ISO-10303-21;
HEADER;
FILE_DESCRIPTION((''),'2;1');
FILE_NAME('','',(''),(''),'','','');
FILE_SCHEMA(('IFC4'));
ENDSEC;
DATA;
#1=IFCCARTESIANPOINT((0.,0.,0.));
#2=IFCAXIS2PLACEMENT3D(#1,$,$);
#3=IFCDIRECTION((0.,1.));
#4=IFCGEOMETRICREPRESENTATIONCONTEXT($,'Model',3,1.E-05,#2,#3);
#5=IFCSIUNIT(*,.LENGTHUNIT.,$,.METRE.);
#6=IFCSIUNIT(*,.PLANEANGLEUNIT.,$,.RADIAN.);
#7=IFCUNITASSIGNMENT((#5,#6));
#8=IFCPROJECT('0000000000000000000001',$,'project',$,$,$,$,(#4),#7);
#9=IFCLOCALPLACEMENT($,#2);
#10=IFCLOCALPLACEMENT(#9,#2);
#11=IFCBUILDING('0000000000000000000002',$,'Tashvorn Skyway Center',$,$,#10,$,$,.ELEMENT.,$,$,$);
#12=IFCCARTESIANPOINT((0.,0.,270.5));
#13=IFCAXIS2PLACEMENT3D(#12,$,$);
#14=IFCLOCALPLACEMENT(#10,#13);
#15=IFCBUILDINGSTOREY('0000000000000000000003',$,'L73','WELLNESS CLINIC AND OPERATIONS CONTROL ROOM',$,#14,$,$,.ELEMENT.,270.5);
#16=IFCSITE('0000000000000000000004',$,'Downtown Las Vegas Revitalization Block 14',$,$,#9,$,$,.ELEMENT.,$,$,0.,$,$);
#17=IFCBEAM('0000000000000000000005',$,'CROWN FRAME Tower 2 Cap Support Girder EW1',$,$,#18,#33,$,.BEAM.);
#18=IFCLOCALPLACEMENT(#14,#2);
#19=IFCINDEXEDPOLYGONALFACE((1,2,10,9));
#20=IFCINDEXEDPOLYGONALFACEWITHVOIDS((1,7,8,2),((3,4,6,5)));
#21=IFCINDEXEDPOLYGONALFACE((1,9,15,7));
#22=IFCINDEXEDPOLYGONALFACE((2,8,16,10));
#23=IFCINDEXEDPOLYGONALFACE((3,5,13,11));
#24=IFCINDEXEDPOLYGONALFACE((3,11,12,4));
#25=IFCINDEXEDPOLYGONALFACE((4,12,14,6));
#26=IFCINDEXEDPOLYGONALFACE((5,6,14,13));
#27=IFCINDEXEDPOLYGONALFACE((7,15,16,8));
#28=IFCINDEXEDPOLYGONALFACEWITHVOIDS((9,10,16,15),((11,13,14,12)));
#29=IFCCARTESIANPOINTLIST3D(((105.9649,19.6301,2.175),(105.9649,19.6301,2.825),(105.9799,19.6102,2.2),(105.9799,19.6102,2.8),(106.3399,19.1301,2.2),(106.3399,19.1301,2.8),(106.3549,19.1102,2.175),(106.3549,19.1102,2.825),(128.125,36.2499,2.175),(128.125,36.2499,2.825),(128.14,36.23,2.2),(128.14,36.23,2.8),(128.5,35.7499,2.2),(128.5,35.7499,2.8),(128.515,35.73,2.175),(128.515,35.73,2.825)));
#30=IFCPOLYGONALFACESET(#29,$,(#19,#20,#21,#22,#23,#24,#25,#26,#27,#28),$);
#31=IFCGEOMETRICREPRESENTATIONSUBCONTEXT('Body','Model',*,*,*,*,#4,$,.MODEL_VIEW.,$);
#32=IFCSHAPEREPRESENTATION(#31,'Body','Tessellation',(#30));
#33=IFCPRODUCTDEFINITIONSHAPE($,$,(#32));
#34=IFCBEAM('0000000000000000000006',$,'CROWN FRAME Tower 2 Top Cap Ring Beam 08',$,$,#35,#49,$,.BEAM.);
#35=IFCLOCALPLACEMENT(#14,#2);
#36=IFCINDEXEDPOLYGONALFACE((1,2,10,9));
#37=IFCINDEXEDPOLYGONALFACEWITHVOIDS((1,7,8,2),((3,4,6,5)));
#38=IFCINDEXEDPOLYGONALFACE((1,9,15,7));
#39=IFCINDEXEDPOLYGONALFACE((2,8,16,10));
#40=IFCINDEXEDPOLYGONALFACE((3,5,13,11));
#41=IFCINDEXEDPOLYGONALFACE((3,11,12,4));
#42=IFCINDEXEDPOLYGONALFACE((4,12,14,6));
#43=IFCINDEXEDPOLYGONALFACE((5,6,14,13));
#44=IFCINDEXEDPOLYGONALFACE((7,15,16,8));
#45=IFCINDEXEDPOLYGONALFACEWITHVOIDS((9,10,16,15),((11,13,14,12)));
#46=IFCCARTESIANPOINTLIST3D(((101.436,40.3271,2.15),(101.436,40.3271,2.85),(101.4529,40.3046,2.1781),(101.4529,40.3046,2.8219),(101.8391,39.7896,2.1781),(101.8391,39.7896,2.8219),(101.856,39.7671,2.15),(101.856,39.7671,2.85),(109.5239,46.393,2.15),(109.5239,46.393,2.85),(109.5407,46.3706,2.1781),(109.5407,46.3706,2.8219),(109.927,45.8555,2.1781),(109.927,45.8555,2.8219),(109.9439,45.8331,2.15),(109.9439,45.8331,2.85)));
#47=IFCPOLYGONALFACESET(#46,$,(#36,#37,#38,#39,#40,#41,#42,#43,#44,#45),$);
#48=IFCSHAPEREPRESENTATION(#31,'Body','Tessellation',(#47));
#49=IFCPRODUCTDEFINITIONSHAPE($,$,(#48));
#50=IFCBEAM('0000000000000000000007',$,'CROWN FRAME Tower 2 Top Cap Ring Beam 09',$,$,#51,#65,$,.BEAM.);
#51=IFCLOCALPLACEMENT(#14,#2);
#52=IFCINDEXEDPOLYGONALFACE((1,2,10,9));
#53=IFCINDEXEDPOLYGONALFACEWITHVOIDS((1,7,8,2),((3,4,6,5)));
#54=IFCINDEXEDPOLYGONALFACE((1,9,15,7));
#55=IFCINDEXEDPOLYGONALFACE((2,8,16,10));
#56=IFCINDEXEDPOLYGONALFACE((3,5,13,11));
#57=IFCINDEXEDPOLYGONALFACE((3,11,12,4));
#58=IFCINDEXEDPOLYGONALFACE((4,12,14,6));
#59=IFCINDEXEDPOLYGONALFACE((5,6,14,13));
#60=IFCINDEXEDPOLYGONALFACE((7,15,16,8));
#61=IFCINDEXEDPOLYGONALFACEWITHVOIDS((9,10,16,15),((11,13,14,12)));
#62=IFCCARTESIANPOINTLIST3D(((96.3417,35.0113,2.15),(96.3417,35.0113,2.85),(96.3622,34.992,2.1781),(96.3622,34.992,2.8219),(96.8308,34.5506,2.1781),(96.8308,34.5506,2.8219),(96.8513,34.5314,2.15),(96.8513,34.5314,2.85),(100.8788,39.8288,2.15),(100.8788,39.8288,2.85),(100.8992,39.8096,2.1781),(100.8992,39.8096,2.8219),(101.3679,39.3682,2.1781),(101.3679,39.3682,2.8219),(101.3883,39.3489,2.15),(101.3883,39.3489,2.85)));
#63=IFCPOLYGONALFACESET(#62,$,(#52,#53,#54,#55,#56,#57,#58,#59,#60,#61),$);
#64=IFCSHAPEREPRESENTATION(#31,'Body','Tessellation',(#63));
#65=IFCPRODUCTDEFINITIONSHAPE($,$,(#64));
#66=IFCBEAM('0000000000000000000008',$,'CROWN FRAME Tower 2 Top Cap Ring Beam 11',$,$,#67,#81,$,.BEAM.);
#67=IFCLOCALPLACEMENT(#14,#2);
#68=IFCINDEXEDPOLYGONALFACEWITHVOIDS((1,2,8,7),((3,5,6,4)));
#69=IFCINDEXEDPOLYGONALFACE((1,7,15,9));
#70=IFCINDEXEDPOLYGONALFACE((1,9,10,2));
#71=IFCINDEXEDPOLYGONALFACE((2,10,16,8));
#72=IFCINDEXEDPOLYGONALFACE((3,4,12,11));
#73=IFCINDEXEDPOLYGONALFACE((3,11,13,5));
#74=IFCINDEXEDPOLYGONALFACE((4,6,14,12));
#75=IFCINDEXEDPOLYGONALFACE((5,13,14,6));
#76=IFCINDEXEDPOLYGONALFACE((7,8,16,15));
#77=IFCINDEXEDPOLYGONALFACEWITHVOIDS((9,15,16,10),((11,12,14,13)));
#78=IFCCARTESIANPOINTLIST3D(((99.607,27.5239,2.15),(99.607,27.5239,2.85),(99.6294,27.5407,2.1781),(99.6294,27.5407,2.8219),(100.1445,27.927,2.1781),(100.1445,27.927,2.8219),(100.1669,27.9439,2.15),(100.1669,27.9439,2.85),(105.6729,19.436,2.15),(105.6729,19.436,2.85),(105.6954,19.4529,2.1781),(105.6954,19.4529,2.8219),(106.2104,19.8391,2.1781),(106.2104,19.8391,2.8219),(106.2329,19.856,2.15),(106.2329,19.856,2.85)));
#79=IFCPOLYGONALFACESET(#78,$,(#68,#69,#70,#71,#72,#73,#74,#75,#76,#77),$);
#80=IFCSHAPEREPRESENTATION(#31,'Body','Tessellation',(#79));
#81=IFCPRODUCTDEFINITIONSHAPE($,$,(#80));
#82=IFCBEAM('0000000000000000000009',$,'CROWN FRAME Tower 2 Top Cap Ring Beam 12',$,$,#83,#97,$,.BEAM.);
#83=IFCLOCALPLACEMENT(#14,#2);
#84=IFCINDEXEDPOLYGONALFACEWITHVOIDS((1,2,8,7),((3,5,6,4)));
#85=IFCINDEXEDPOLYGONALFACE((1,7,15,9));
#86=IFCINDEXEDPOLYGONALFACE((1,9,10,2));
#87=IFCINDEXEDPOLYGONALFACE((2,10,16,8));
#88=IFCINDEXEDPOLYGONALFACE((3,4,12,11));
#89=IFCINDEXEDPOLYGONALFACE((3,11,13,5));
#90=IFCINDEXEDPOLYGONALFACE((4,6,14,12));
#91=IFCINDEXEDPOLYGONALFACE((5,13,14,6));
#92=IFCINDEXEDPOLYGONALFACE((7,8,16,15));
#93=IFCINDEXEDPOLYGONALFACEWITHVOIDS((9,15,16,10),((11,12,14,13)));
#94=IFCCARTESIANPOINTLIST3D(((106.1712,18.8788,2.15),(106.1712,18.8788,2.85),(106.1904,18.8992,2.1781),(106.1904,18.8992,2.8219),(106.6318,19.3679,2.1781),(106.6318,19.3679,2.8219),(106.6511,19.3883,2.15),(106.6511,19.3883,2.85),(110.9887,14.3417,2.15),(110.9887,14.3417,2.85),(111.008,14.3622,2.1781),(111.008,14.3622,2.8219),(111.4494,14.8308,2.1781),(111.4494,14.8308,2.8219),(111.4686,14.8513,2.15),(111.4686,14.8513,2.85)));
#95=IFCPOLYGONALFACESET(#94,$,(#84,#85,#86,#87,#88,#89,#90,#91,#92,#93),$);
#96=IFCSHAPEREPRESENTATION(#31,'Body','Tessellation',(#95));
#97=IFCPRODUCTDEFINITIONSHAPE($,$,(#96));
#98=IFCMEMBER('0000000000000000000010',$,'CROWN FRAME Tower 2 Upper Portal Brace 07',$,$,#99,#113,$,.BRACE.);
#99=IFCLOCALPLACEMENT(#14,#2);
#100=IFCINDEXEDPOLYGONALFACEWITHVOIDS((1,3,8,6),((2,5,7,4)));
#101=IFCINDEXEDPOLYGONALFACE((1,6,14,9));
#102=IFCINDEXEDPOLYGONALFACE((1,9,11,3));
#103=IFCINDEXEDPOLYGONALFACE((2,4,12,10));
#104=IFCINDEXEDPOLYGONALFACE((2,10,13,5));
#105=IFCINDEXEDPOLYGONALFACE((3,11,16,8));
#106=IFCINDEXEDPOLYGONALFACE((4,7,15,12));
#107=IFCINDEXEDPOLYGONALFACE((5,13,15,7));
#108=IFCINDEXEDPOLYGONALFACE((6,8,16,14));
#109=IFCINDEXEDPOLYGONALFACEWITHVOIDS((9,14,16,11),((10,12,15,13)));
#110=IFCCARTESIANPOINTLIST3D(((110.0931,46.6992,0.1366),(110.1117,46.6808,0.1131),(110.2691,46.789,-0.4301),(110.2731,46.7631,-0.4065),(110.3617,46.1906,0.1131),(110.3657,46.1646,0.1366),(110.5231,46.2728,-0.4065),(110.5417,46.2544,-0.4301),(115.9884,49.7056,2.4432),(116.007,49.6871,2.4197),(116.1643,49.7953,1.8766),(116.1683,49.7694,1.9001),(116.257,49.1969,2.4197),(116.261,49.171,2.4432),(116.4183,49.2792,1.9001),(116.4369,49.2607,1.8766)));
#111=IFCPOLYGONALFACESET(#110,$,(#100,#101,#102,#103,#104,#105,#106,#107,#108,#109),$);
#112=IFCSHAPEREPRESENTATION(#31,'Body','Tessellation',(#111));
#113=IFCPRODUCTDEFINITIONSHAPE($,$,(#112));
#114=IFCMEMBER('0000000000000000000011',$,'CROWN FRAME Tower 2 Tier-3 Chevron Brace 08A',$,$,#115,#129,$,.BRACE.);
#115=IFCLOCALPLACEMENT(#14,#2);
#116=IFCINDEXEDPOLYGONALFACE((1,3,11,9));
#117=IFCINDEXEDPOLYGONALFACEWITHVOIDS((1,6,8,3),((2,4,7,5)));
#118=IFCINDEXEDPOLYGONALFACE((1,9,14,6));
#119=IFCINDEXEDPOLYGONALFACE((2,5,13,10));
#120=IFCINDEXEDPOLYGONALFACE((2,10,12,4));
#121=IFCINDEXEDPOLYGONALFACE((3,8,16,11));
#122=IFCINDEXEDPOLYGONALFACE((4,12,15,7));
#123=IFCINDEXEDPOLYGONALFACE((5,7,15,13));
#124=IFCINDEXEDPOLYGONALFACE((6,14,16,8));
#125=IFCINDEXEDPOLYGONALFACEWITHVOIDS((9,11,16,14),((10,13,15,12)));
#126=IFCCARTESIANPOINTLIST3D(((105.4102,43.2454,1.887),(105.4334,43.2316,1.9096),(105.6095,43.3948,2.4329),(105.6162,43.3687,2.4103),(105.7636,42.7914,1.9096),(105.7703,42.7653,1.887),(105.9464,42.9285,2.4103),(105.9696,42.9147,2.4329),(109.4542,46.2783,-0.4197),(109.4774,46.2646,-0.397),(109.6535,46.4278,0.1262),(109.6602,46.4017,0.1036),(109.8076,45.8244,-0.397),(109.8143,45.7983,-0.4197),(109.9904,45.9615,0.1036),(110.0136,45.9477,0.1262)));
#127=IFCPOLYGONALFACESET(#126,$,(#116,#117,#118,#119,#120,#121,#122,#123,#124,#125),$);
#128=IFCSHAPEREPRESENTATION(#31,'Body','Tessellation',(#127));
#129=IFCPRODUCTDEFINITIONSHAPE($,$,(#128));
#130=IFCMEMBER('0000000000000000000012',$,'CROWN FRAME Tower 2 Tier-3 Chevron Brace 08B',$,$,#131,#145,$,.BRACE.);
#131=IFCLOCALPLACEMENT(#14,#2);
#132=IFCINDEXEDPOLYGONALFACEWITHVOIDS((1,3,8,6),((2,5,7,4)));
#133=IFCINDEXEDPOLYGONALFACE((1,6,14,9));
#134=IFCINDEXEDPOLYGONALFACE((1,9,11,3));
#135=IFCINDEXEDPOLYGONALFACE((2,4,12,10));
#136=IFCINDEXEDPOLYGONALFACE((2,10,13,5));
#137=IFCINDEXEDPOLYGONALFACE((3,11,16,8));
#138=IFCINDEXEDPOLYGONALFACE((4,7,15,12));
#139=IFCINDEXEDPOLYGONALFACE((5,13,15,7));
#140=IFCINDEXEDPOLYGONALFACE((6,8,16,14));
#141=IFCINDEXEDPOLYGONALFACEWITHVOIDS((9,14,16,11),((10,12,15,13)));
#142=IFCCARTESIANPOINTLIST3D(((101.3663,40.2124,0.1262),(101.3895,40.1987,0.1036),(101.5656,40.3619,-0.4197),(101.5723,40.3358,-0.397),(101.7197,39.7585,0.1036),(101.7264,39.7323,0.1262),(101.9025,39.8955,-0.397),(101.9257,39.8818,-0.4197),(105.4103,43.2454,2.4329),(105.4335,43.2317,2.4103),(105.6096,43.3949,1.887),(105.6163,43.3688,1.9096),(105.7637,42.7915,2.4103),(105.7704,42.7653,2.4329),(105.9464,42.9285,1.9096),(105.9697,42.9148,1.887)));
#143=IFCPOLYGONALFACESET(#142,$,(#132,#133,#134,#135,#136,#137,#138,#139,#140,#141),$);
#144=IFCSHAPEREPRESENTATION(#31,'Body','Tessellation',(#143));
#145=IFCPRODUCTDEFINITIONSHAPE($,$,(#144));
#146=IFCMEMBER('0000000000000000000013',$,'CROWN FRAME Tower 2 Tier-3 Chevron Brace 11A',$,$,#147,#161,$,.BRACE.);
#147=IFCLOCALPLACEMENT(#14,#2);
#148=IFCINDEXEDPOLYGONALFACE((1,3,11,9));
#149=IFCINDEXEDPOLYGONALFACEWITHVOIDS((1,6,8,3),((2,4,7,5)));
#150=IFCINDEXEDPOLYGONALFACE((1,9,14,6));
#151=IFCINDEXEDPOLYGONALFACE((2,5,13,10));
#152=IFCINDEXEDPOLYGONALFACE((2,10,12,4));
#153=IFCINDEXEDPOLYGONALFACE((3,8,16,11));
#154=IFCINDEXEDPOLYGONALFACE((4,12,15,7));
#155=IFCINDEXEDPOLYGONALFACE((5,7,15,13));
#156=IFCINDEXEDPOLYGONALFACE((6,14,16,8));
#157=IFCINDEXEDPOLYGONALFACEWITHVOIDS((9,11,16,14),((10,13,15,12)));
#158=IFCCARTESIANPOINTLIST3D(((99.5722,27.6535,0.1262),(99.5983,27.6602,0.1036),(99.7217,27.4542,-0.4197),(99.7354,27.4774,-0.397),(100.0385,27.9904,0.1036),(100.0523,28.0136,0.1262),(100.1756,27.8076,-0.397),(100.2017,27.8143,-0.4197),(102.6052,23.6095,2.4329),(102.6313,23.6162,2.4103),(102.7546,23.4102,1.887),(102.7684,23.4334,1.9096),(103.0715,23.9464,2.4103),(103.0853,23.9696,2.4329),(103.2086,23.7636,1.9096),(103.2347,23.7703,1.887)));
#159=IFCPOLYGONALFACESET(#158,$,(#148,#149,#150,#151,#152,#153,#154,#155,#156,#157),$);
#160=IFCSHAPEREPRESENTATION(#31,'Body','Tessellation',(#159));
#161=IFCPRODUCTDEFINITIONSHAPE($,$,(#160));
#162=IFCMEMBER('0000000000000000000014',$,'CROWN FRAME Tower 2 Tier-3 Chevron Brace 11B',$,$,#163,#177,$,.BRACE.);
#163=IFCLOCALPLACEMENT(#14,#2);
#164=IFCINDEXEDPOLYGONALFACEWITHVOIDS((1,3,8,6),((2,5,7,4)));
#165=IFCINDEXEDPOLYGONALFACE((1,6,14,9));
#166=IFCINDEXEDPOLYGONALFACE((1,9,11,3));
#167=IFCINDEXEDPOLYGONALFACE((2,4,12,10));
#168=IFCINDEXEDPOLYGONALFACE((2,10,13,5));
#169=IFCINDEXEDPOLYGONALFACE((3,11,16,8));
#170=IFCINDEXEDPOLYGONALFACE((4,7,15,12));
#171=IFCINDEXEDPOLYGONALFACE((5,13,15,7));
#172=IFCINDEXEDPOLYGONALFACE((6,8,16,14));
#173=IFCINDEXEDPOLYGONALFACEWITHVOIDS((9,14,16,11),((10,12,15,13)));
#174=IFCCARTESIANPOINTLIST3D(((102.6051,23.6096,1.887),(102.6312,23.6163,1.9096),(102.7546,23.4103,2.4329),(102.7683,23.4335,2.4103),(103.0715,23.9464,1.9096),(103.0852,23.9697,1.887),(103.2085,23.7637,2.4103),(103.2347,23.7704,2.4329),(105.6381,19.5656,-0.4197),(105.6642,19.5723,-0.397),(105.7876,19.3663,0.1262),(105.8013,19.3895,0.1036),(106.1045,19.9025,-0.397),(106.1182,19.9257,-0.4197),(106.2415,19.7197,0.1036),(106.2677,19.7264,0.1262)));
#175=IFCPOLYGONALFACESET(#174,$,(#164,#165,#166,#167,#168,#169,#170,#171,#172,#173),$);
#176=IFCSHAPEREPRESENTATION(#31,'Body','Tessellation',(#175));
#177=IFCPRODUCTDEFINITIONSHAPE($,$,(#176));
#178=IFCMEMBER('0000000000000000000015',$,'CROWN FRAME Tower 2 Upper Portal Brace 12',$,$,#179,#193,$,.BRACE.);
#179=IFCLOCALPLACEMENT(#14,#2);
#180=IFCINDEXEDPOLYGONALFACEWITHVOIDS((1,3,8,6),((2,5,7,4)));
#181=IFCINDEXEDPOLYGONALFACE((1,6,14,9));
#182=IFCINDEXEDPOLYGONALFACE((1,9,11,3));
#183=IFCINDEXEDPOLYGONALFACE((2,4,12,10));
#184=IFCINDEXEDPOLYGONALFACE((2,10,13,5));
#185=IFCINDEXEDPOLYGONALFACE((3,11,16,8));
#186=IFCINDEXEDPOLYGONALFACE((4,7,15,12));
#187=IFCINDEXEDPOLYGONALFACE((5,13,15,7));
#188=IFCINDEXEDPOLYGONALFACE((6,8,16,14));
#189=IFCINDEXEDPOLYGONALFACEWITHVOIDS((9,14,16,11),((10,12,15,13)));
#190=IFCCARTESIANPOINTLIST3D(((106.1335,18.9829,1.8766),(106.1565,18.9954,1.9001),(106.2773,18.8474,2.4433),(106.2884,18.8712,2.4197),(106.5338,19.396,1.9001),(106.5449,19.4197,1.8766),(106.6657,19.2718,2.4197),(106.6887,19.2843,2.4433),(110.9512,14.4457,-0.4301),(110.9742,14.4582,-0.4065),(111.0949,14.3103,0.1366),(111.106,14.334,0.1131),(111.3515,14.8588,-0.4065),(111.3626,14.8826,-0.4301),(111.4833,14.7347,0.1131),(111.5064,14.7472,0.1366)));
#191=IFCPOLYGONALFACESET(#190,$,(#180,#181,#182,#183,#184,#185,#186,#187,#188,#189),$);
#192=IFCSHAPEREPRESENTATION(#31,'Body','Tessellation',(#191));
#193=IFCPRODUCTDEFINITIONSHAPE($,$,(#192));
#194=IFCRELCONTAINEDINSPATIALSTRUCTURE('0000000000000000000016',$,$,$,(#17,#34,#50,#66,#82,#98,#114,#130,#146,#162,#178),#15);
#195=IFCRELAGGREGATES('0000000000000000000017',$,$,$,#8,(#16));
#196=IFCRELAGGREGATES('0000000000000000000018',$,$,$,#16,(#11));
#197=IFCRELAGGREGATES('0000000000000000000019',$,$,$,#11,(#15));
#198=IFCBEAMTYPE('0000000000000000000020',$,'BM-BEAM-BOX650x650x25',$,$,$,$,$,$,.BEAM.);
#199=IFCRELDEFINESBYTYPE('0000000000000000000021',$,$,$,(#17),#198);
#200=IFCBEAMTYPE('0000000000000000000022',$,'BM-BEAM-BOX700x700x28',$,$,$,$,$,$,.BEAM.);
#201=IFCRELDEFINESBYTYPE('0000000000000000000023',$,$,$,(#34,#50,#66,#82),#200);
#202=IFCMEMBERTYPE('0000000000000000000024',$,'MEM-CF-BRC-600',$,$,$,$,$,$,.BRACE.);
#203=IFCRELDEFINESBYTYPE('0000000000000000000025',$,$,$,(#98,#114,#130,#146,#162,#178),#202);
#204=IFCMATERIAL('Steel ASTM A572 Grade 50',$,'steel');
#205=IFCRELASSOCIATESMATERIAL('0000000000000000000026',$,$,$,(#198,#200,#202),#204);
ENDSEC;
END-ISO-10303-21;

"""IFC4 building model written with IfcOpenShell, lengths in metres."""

from ifc_helpers import new_model, si_unit, direction, frame, origin, origin_2d, place, context, subcontext, project, spatial, hollow_rectangle, extrude, material, material_profile, profile_set, type_object, element, save


model = new_model("IFC4")

# Units and contexts
model_context = context("Model", 3, precision=1e-05, world=origin(), true_north=direction((0.0, 1.0)))
body_context = subcontext(model_context, "Body", "Model", "MODEL_VIEW")
ifc_project = project(units=[si_unit("LENGTHUNIT", "METRE"), si_unit("PLANEANGLEUNIT", "RADIAN")], contexts=[model_context])

# Site, building, storey
site_placement = place(None, origin())
site = spatial("IfcSite", under=ifc_project, at=site_placement, Name="Downtown Las Vegas Revitalization Block 14", CompositionType="ELEMENT", RefElevation=0.0)
building_placement = place(site_placement, origin())
building = spatial("IfcBuilding", under=site, at=building_placement, Name="Tashvorn Skyway Center", CompositionType="ELEMENT")
storey_placement = place(building_placement, frame((0.0, 0.0, 270.5)))
storey = spatial("IfcBuildingStorey", under=building, at=storey_placement, Name="L73", Description="WELLNESS CLINIC AND OPERATIONS CONTROL ROOM", CompositionType="ELEMENT", Elevation=270.5)

# Beams
ifc_material_1 = material(Name="Steel ASTM A572 Grade 50", Category="steel")
ifc_material_profile_1 = material_profile(ifc_material_1, hollow_rectangle(XDim=0.6499, YDim=0.6499, WallThickness=0.0249, at=origin_2d()), Name="BOX650x650x25")
ifc_profile_set_1 = profile_set([ifc_material_profile_1], Name="Steel ASTM A572 Grade 50")
beam_type_1 = type_object("IfcBeamType", Name="BM-BEAM-BOX650x650x25", PredefinedType="BEAM", material=ifc_profile_set_1)
beam_1_placement = place(storey_placement, frame((106.1599, 19.3701, 2.5), z_axis=(0.800004, 0.599994, 0.0), x_axis=(-0.599994, 0.800004, 0.0)))
element("IfcBeam", 1, at=beam_1_placement, inside=storey, type_object=beam_type_1, Name="CROWN FRAME Tower 2 Cap Support Girder EW1", PredefinedType="BEAM", context=body_context, shape_type="SweptSolid", body=[
    extrude(hollow_rectangle(XDim=0.6499, YDim=0.6499, WallThickness=0.0249, at=origin_2d()), origin(), (0.0, 0.0, 1.0), 27.7),
])
ifc_material_profile_2 = material_profile(ifc_material_1, hollow_rectangle(XDim=0.7, YDim=0.7, WallThickness=0.0281, at=origin_2d()), Name="BOX700x700x28")
ifc_profile_set_2 = profile_set([ifc_material_profile_2], Name="Steel ASTM A572 Grade 50")
beam_type_2 = type_object("IfcBeamType", Name="BM-BEAM-BOX700x700x28", PredefinedType="BEAM", material=ifc_profile_set_2)
beam_2_placement = place(storey_placement, frame((109.7339, 46.113, 2.5), z_axis=(-0.8, -0.6, 0.0), x_axis=(0.6, -0.8, 0.0)))
element("IfcBeam", 2, at=beam_2_placement, inside=storey, type_object=beam_type_2, Name="CROWN FRAME Tower 2 Top Cap Ring Beam 08", PredefinedType="BEAM", context=body_context, shape_type="SweptSolid", body=[
    extrude(hollow_rectangle(XDim=0.7, YDim=0.7, WallThickness=0.0281, at=origin_2d()), origin(), (0.0, 0.0, 1.0), 10.1099),
])
beam_3_placement = place(storey_placement, frame((101.1335, 39.5889, 2.5), z_axis=(-0.685595, -0.727983, 0.0), x_axis=(0.727983, -0.685595, 0.0)))
element("IfcBeam", 3, at=beam_3_placement, inside=storey, type_object=beam_type_2, Name="CROWN FRAME Tower 2 Top Cap Ring Beam 09", PredefinedType="BEAM", context=body_context, shape_type="SweptSolid", body=[
    extrude(hollow_rectangle(XDim=0.7, YDim=0.7, WallThickness=0.0281, at=origin_2d()), origin(), (0.0, 0.0, 1.0), 6.6177),
])
beam_4_placement = place(storey_placement, frame((99.887, 27.7339, 2.5), z_axis=(0.6, -0.8, 0.0), x_axis=(0.8, 0.6, 0.0)))
element("IfcBeam", 4, at=beam_4_placement, inside=storey, type_object=beam_type_2, Name="CROWN FRAME Tower 2 Top Cap Ring Beam 11", PredefinedType="BEAM", context=body_context, shape_type="SweptSolid", body=[
    extrude(hollow_rectangle(XDim=0.7, YDim=0.7, WallThickness=0.0281, at=origin_2d()), origin(), (0.0, 0.0, 1.0), 10.1099),
])
beam_5_placement = place(storey_placement, frame((106.4111, 19.1335, 2.5), z_axis=(0.727983, -0.685595, 0.0), x_axis=(0.685595, 0.727983, 0.0)))
element("IfcBeam", 5, at=beam_5_placement, inside=storey, type_object=beam_type_2, Name="CROWN FRAME Tower 2 Top Cap Ring Beam 12", PredefinedType="BEAM", context=body_context, shape_type="SweptSolid", body=[
    extrude(hollow_rectangle(XDim=0.7, YDim=0.7, WallThickness=0.0281, at=origin_2d()), origin(), (0.0, 0.0, 1.0), 6.6177),
])

# Members
ifc_material_profile_3 = material_profile(ifc_material_1, hollow_rectangle(XDim=0.6001, YDim=0.6001, WallThickness=0.0249, at=origin_2d()), Name="BOX600x600x25")
ifc_profile_set_3 = profile_set([ifc_material_profile_3], Name="Steel ASTM A572 Grade 50")
member_type = type_object("IfcMemberType", Name="MEM-CF-BRC-600", PredefinedType="BRACE", material=ifc_profile_set_3)
member_1_placement = place(storey_placement, frame((110.3174, 46.4768, -0.1467), z_axis=(0.841212, 0.428985, 0.329141), x_axis=(-0.454298, 0.89085, 0.0)))
element("IfcMember", 6, at=member_1_placement, inside=storey, type_object=member_type, Name="CROWN FRAME Tower 2 Upper Portal Brace 07", PredefinedType="BRACE", context=body_context, shape_type="SweptSolid", body=[
    extrude(hollow_rectangle(XDim=0.6001, YDim=0.6001, WallThickness=0.0249, at=origin_2d()), origin(), (0.0, 0.0, 1.0), 7.0081),
])
for number, where, z_axis, x_axis, name in (
    (7, (109.7339, 46.113, -0.1467), (-0.727807, -0.545855, 0.415137), (0.6, -0.8, 0.0), "CROWN FRAME Tower 2 Tier-3 Chevron Brace 08A"),
    (8, (101.646, 40.0471, -0.1467), (0.727807, 0.545855, 0.415137), (-0.6, 0.8, 0.0), "CROWN FRAME Tower 2 Tier-3 Chevron Brace 08B"),
    (9, (99.887, 27.7339, -0.1467), (0.545855, -0.727807, 0.415137), (0.8, 0.6, 0.0), "CROWN FRAME Tower 2 Tier-3 Chevron Brace 11A"),
    (10, (105.9529, 19.646, -0.1467), (-0.545855, 0.727807, 0.415137), (-0.8, -0.6, 0.0), "CROWN FRAME Tower 2 Tier-3 Chevron Brace 11B"),
):
    element("IfcMember", number, at=place(storey_placement, frame(where, z_axis=z_axis, x_axis=x_axis)), inside=storey, type_object=member_type, Name=name, PredefinedType="BRACE", context=body_context, shape_type="SweptSolid", body=[
        extrude(hollow_rectangle(XDim=0.6001, YDim=0.6001, WallThickness=0.0249, at=origin_2d()), origin(), (0.0, 0.0, 1.0), 5.5564),
    ])
member_2_placement = place(storey_placement, frame((111.2288, 14.5964, -0.1467), z_axis=(-0.687423, 0.647396, 0.329132), x_axis=(-0.685595, -0.727983, 0.0)))
element("IfcMember", 11, at=member_2_placement, inside=storey, type_object=member_type, Name="CROWN FRAME Tower 2 Upper Portal Brace 12", PredefinedType="BRACE", context=body_context, shape_type="SweptSolid", body=[
    extrude(hollow_rectangle(XDim=0.6001, YDim=0.6001, WallThickness=0.0249, at=origin_2d()), origin(), (0.0, 0.0, 1.0), 7.0083),
])

save(model, "model.ifc")
